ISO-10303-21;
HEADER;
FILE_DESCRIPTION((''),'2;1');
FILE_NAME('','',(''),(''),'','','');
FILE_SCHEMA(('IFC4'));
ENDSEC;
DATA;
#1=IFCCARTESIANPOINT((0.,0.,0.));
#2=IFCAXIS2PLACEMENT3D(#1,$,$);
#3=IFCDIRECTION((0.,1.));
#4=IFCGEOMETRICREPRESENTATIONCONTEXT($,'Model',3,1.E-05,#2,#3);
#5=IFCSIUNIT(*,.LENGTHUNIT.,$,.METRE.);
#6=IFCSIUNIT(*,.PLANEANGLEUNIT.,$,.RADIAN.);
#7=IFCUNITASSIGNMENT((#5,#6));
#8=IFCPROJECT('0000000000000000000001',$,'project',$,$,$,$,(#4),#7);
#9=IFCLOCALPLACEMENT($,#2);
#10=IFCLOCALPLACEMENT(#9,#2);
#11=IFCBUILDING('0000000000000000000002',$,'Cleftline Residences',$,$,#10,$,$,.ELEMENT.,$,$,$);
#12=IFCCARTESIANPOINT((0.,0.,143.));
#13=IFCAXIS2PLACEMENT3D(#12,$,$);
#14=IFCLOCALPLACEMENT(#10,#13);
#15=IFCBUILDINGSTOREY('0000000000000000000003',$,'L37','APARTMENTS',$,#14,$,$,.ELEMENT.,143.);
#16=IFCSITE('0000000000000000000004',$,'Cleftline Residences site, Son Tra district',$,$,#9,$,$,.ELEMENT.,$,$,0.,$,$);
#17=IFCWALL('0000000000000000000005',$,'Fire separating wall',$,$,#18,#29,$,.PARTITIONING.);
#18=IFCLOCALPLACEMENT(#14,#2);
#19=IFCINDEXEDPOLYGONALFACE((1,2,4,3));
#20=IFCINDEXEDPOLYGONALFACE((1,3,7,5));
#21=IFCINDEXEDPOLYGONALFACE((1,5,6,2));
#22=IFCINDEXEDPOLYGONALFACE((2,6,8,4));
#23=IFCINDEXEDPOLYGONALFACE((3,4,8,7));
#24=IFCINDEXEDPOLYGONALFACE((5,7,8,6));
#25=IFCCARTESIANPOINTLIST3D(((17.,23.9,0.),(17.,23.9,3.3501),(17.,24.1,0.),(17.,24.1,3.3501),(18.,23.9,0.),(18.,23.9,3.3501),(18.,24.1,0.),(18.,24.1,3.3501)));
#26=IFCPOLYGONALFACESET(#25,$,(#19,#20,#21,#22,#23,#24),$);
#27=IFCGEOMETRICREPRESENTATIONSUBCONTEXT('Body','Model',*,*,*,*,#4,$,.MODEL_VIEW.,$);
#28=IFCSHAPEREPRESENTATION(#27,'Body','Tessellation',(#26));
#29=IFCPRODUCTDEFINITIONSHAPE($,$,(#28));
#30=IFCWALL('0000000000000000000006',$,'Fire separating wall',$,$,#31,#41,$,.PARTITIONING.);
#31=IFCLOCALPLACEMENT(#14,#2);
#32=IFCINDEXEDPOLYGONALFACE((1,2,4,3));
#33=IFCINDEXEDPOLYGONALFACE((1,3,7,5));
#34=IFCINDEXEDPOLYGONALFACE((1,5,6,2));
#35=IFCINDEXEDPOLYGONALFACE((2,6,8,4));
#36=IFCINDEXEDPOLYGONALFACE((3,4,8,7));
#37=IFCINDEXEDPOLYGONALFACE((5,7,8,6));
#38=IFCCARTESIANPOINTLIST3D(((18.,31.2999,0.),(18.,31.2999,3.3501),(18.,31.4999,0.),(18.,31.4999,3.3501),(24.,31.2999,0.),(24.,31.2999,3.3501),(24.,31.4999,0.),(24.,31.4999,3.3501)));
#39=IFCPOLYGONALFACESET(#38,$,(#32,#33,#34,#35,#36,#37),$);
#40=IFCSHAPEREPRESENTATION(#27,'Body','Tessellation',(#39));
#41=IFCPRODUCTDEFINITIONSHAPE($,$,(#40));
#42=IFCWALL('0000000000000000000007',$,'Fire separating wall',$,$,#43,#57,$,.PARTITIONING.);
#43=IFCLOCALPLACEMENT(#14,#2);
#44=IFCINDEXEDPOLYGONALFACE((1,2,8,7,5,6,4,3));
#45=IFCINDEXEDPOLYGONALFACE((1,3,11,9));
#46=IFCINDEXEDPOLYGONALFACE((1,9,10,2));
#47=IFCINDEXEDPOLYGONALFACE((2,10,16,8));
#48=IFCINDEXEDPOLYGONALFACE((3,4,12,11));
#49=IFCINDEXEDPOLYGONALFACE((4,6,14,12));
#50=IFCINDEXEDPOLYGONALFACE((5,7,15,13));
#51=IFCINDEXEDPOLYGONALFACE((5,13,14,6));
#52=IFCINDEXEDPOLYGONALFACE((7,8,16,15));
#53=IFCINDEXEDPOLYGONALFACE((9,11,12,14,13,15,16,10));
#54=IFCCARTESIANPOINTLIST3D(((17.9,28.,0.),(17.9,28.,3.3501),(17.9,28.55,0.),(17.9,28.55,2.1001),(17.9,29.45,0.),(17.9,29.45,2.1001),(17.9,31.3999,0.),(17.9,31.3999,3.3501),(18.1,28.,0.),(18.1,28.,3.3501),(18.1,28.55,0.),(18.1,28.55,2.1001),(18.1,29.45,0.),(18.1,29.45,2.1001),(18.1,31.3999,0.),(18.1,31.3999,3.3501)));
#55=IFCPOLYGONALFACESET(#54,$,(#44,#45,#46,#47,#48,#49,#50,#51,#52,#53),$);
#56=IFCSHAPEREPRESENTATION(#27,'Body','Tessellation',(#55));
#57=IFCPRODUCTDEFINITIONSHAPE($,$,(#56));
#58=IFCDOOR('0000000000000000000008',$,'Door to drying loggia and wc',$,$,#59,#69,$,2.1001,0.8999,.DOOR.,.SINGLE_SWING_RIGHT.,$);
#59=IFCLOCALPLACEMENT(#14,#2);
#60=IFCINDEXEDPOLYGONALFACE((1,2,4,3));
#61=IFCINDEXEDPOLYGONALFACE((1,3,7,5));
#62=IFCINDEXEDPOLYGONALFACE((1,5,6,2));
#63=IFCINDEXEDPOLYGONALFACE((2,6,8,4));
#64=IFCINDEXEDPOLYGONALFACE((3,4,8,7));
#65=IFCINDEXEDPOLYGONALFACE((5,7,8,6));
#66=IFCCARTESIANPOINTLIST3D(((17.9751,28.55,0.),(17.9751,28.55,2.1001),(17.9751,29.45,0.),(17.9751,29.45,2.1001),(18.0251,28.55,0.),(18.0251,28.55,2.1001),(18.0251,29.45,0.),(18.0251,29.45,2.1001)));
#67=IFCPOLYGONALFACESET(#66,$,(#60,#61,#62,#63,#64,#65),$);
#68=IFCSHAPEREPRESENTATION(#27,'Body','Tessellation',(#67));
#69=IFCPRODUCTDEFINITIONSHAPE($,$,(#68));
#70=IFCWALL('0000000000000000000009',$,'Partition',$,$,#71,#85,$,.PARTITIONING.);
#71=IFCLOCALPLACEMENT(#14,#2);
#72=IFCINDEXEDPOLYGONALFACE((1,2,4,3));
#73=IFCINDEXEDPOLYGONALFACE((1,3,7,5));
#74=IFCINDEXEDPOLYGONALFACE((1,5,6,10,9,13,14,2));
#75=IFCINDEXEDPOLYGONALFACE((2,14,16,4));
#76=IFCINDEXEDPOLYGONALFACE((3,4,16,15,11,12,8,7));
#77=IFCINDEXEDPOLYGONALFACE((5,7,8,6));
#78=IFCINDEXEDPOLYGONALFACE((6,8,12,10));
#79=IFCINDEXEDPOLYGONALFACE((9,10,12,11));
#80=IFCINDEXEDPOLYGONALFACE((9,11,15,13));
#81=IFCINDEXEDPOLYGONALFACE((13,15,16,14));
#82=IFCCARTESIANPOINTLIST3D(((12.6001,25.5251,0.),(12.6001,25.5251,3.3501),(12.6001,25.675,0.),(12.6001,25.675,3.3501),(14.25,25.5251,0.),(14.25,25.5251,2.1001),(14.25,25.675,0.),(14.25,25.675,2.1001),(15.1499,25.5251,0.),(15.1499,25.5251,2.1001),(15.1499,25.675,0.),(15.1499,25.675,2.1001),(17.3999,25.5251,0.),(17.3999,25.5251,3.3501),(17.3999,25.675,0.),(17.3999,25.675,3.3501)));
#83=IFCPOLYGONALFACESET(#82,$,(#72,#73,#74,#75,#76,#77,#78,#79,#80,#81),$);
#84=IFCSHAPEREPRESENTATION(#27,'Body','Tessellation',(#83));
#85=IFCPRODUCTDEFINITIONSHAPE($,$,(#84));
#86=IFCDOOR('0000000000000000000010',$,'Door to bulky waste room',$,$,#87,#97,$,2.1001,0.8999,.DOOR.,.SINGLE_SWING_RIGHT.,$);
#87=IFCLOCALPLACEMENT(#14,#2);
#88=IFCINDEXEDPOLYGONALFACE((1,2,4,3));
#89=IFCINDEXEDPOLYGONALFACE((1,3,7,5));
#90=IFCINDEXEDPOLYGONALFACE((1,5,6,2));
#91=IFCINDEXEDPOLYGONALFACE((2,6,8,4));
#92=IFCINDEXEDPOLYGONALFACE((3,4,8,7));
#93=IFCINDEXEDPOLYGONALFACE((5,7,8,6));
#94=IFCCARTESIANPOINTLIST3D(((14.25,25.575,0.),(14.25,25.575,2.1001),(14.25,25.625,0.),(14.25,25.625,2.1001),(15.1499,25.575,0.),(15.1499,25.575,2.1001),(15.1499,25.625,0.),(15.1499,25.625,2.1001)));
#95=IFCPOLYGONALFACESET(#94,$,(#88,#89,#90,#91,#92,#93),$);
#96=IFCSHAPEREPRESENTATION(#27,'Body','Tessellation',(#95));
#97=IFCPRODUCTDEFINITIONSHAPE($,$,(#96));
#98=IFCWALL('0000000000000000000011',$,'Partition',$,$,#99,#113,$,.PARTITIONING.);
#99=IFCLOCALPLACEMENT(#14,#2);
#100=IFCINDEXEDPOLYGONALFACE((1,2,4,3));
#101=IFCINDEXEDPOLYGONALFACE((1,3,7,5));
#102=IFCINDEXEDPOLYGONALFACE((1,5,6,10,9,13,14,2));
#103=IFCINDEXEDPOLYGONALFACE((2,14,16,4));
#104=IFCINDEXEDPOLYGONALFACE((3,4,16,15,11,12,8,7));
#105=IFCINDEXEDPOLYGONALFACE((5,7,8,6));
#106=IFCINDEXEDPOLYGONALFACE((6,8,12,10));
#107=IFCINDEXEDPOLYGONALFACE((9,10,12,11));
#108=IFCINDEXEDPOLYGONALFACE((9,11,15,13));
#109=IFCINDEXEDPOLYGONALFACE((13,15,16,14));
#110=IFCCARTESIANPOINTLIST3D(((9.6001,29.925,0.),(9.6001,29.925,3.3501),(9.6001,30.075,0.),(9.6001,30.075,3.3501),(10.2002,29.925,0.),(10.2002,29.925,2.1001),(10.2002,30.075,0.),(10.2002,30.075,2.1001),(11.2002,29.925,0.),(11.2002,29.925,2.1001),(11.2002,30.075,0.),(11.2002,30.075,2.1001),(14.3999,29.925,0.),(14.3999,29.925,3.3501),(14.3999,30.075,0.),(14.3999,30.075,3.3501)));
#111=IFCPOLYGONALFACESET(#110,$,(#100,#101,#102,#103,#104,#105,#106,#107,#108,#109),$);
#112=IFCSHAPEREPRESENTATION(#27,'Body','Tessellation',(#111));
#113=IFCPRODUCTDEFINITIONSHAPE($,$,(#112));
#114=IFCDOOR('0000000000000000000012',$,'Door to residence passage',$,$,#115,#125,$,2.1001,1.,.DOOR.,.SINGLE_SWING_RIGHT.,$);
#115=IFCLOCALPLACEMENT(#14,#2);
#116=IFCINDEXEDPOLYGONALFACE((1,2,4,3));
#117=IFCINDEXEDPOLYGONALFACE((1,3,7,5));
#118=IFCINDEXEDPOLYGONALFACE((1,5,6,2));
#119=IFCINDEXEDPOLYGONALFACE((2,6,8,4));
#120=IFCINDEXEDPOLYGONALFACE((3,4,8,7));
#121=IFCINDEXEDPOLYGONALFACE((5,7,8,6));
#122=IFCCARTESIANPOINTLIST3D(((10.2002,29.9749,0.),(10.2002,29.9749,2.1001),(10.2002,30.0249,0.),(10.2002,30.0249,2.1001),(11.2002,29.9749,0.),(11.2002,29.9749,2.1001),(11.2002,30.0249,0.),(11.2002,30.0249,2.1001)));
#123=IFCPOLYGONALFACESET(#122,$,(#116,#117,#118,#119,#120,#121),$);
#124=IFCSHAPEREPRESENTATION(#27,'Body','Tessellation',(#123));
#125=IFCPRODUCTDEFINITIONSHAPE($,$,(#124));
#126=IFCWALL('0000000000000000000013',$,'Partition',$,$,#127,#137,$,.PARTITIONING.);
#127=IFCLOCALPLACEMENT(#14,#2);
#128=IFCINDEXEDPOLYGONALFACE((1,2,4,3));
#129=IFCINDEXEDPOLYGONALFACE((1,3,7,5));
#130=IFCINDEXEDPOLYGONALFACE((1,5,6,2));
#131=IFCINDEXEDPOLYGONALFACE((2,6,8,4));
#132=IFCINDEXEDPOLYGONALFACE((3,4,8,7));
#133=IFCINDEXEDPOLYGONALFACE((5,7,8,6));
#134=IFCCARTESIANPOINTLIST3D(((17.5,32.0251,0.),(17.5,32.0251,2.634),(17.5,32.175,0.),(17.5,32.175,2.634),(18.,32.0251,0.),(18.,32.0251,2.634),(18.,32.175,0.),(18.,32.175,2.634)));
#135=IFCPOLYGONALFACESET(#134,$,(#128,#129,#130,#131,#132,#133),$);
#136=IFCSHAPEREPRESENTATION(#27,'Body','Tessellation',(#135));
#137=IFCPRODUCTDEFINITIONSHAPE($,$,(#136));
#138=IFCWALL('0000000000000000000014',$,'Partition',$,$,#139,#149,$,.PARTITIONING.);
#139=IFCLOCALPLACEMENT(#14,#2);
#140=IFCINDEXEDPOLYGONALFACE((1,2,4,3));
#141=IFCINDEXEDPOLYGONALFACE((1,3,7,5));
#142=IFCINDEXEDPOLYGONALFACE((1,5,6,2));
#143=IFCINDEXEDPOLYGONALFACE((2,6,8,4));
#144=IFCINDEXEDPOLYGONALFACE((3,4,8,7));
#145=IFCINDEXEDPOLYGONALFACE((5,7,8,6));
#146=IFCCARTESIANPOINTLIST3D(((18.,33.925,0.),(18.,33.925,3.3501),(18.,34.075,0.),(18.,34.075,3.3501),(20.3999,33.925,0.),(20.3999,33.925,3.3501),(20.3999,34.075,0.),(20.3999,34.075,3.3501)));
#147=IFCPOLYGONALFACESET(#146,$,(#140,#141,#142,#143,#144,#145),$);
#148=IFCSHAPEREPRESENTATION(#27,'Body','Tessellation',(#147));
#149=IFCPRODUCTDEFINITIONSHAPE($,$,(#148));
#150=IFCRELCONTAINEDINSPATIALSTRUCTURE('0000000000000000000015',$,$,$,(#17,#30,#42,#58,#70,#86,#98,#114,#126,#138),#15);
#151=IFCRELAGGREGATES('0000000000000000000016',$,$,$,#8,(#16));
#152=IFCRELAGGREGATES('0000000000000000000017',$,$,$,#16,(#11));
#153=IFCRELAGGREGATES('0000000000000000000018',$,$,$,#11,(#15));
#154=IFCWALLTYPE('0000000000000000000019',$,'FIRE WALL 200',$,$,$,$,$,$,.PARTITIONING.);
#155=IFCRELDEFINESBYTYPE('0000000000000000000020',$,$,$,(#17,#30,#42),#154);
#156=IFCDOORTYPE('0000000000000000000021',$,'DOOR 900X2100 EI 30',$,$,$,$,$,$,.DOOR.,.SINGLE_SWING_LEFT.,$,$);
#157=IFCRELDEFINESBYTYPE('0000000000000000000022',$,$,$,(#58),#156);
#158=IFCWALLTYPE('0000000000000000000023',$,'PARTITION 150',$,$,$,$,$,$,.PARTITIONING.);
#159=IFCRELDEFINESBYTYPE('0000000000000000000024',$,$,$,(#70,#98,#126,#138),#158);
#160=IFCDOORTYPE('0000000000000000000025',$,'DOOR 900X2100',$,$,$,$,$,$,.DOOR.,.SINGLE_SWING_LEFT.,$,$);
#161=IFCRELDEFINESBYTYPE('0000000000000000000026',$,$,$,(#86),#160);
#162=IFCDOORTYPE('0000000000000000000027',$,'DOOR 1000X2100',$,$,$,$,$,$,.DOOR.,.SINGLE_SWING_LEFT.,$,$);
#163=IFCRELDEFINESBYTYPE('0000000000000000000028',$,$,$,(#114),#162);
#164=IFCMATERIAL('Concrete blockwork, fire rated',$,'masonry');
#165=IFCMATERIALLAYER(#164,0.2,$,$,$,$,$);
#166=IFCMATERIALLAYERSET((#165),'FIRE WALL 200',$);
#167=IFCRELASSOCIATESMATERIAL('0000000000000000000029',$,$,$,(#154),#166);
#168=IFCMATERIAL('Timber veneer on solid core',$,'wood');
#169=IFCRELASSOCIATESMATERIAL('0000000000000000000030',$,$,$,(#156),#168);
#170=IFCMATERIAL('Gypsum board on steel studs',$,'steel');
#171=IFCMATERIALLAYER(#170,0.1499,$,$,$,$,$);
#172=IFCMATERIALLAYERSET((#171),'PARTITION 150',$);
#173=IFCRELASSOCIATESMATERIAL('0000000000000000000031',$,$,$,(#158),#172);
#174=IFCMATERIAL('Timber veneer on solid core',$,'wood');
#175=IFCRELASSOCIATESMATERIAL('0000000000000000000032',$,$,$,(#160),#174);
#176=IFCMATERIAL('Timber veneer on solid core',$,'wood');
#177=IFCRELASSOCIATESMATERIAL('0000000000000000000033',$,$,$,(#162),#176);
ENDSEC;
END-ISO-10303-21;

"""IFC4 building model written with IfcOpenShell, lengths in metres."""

from ifc_helpers import new_model, si_unit, direction, frame, frame_2d, origin, place, context, subcontext, project, spatial, rectangle, extrude, material, layer, layer_set, type_object, element, fill, save


model = new_model("IFC4")

# Units and contexts
model_context = context("Model", 3, precision=1e-05, world=origin(), true_north=direction((0.0, 1.0)))
body_context = subcontext(model_context, "Body", "Model", "MODEL_VIEW")
ifc_project = project(units=[si_unit("LENGTHUNIT", "METRE"), si_unit("PLANEANGLEUNIT", "RADIAN")], contexts=[model_context])

# Site, building, storey
site_placement = place(None, origin())
site = spatial("IfcSite", under=ifc_project, at=site_placement, Name="Cleftline Residences site, Son Tra district", CompositionType="ELEMENT", RefElevation=0.0)
building_placement = place(site_placement, origin())
building = spatial("IfcBuilding", under=site, at=building_placement, Name="Cleftline Residences", CompositionType="ELEMENT")
storey_placement = place(building_placement, frame((0.0, 0.0, 143.0)))
storey = spatial("IfcBuildingStorey", under=building, at=storey_placement, Name="L37", Description="APARTMENTS", CompositionType="ELEMENT", Elevation=143.0)

# Walls
ifc_material_1 = material(Name="Concrete blockwork, fire rated", Category="masonry")
ifc_layer_1 = layer(ifc_material_1, 0.2)
ifc_layer_set_1 = layer_set([ifc_layer_1], Name="FIRE WALL 200")
wall_type_1 = type_object("IfcWallType", Name="FIRE WALL 200", PredefinedType="PARTITIONING", material=ifc_layer_set_1)
wall_1_placement = place(storey_placement, frame((17.0, 24.0, 0.0), z_axis=(0.0, 0.0, 1.0), x_axis=(1.0, 0.0, 0.0)))
element("IfcWall", 1, at=wall_1_placement, inside=storey, type_object=wall_type_1, Name="Fire separating wall", PredefinedType="PARTITIONING", context=body_context, shape_type="SweptSolid", body=[
    extrude(rectangle(XDim=1.0, YDim=0.2, at=frame_2d((0.5, 0.0))), origin(), (0.0, 0.0, 1.0), 3.3501),
])
wall_2_placement = place(storey_placement, frame((18.0, 31.3999, 0.0), z_axis=(0.0, 0.0, 1.0), x_axis=(1.0, 0.0, 0.0)))
element("IfcWall", 2, at=wall_2_placement, inside=storey, type_object=wall_type_1, Name="Fire separating wall", PredefinedType="PARTITIONING", context=body_context, shape_type="SweptSolid", body=[
    extrude(rectangle(XDim=6.0, YDim=0.2, at=frame_2d((3.0, 0.0))), origin(), (0.0, 0.0, 1.0), 3.3501),
])

# Walls, openings, doors
wall_3_placement = place(storey_placement, frame((18.0, 28.0, 0.0), z_axis=(0.0, 0.0, 1.0), x_axis=(0.0, 1.0, 0.0)))
wall_3 = element("IfcWall", 3, at=wall_3_placement, inside=storey, type_object=wall_type_1, Name="Fire separating wall", PredefinedType="PARTITIONING", context=body_context, shape_type="SweptSolid", body=[
    extrude(rectangle(XDim=3.3999, YDim=0.2, at=frame_2d((1.7, 0.0))), origin(), (0.0, 0.0, 1.0), 3.3501),
])
opening_1_placement = place(wall_3_placement, frame((0.55, 0.0, 0.0)))
opening_1 = element("IfcOpeningElement", 4, at=opening_1_placement, cuts=wall_3, PredefinedType="OPENING", context=body_context, shape_type="SweptSolid", body=[
    extrude(rectangle(XDim=0.8999, YDim=2.1001, at=frame_2d((0.45, 1.05))), frame((0.0, 0.1099, 0.0), z_axis=(0.0, -1.0, 0.0), x_axis=(1.0, 0.0, 0.0)), (0.0, 0.0, 1.0), 0.22),
])
ifc_material_2 = material(Name="Timber veneer on solid core", Category="wood")
door_type_1 = type_object("IfcDoorType", Name="DOOR 900X2100 EI 30", OperationType="SINGLE_SWING_LEFT", PredefinedType="DOOR", material=ifc_material_2)
door_1_placement = place(opening_1_placement, origin())
door_1 = element("IfcDoor", 5, at=door_1_placement, inside=storey, type_object=door_type_1, Name="Door to drying loggia and wc", OperationType="SINGLE_SWING_RIGHT", OverallHeight=2.1001, OverallWidth=0.8999, PredefinedType="DOOR", context=body_context, shape_type="SweptSolid", body=[
    extrude(rectangle(XDim=0.8999, YDim=2.1001, at=frame_2d((0.45, 1.05))), frame((0.0, 0.0249, 0.0), z_axis=(0.0, -1.0, 0.0), x_axis=(1.0, 0.0, 0.0)), (0.0, 0.0, 1.0), 0.05),
])
fill(opening_1, door_1)
ifc_material_3 = material(Name="Gypsum board on steel studs", Category="steel")
ifc_layer_2 = layer(ifc_material_3, 0.1499)
ifc_layer_set_2 = layer_set([ifc_layer_2], Name="PARTITION 150")
wall_type_2 = type_object("IfcWallType", Name="PARTITION 150", PredefinedType="PARTITIONING", material=ifc_layer_set_2)
wall_4_placement = place(storey_placement, frame((12.6001, 25.6001, 0.0), z_axis=(0.0, 0.0, 1.0), x_axis=(1.0, 0.0, 0.0)))
wall_4 = element("IfcWall", 6, at=wall_4_placement, inside=storey, type_object=wall_type_2, Name="Partition", PredefinedType="PARTITIONING", context=body_context, shape_type="SweptSolid", body=[
    extrude(rectangle(XDim=4.7998, YDim=0.1499, at=frame_2d((2.3999, 0.0))), origin(), (0.0, 0.0, 1.0), 3.3501),
])
opening_2_placement = place(wall_4_placement, frame((1.6499, 0.0, 0.0)))
opening_2 = element("IfcOpeningElement", 7, at=opening_2_placement, cuts=wall_4, PredefinedType="OPENING", context=body_context, shape_type="SweptSolid", body=[
    extrude(rectangle(XDim=0.8999, YDim=2.1001, at=frame_2d((0.45, 1.05))), frame((0.0, 0.085, 0.0), z_axis=(0.0, -1.0, 0.0), x_axis=(1.0, 0.0, 0.0)), (0.0, 0.0, 1.0), 0.1699),
])
ifc_material_4 = material(Name="Timber veneer on solid core", Category="wood")
door_type_2 = type_object("IfcDoorType", Name="DOOR 900X2100", OperationType="SINGLE_SWING_LEFT", PredefinedType="DOOR", material=ifc_material_4)
door_2_placement = place(opening_2_placement, origin())
door_2 = element("IfcDoor", 8, at=door_2_placement, inside=storey, type_object=door_type_2, Name="Door to bulky waste room", OperationType="SINGLE_SWING_RIGHT", OverallHeight=2.1001, OverallWidth=0.8999, PredefinedType="DOOR", context=body_context, shape_type="SweptSolid", body=[
    extrude(rectangle(XDim=0.8999, YDim=2.1001, at=frame_2d((0.45, 1.05))), frame((0.0, 0.0249, 0.0), z_axis=(0.0, -1.0, 0.0), x_axis=(1.0, 0.0, 0.0)), (0.0, 0.0, 1.0), 0.05),
])
fill(opening_2, door_2)
wall_5_placement = place(storey_placement, frame((9.6001, 30.0, 0.0), z_axis=(0.0, 0.0, 1.0), x_axis=(1.0, 0.0, 0.0)))
wall_5 = element("IfcWall", 9, at=wall_5_placement, inside=storey, type_object=wall_type_2, Name="Partition", PredefinedType="PARTITIONING", context=body_context, shape_type="SweptSolid", body=[
    extrude(rectangle(XDim=4.7998, YDim=0.1499, at=frame_2d((2.3999, 0.0))), origin(), (0.0, 0.0, 1.0), 3.3501),
])
opening_3_placement = place(wall_5_placement, frame((0.6001, 0.0, 0.0)))
opening_3 = element("IfcOpeningElement", 10, at=opening_3_placement, cuts=wall_5, PredefinedType="OPENING", context=body_context, shape_type="SweptSolid", body=[
    extrude(rectangle(XDim=1.0, YDim=2.1001, at=frame_2d((0.5, 1.05))), frame((0.0, 0.085, 0.0), z_axis=(0.0, -1.0, 0.0), x_axis=(1.0, 0.0, 0.0)), (0.0, 0.0, 1.0), 0.1699),
])
ifc_material_5 = material(Name="Timber veneer on solid core", Category="wood")
door_type_3 = type_object("IfcDoorType", Name="DOOR 1000X2100", OperationType="SINGLE_SWING_LEFT", PredefinedType="DOOR", material=ifc_material_5)
door_3_placement = place(opening_3_placement, origin())
door_3 = element("IfcDoor", 11, at=door_3_placement, inside=storey, type_object=door_type_3, Name="Door to residence passage", OperationType="SINGLE_SWING_RIGHT", OverallHeight=2.1001, OverallWidth=1.0, PredefinedType="DOOR", context=body_context, shape_type="SweptSolid", body=[
    extrude(rectangle(XDim=1.0, YDim=2.1001, at=frame_2d((0.5, 1.05))), frame((0.0, 0.0249, 0.0), z_axis=(0.0, -1.0, 0.0), x_axis=(1.0, 0.0, 0.0)), (0.0, 0.0, 1.0), 0.05),
])
fill(opening_3, door_3)

# Walls
wall_6_placement = place(storey_placement, frame((17.5, 32.1001, 0.0), z_axis=(0.0, 0.0, 1.0), x_axis=(1.0, 0.0, 0.0)))
element("IfcWall", 12, at=wall_6_placement, inside=storey, type_object=wall_type_2, Name="Partition", PredefinedType="PARTITIONING", context=body_context, shape_type="SweptSolid", body=[
    extrude(rectangle(XDim=0.5, YDim=0.1499, at=frame_2d((0.25, 0.0))), origin(), (0.0, 0.0, 1.0), 2.634),
])
wall_7_placement = place(storey_placement, frame((18.0, 34.0, 0.0), z_axis=(0.0, 0.0, 1.0), x_axis=(1.0, 0.0, 0.0)))
element("IfcWall", 13, at=wall_7_placement, inside=storey, type_object=wall_type_2, Name="Partition", PredefinedType="PARTITIONING", context=body_context, shape_type="SweptSolid", body=[
    extrude(rectangle(XDim=2.3999, YDim=0.1499, at=frame_2d((1.2, 0.0))), origin(), (0.0, 0.0, 1.0), 3.3501),
])

save(model, "model.ifc")
